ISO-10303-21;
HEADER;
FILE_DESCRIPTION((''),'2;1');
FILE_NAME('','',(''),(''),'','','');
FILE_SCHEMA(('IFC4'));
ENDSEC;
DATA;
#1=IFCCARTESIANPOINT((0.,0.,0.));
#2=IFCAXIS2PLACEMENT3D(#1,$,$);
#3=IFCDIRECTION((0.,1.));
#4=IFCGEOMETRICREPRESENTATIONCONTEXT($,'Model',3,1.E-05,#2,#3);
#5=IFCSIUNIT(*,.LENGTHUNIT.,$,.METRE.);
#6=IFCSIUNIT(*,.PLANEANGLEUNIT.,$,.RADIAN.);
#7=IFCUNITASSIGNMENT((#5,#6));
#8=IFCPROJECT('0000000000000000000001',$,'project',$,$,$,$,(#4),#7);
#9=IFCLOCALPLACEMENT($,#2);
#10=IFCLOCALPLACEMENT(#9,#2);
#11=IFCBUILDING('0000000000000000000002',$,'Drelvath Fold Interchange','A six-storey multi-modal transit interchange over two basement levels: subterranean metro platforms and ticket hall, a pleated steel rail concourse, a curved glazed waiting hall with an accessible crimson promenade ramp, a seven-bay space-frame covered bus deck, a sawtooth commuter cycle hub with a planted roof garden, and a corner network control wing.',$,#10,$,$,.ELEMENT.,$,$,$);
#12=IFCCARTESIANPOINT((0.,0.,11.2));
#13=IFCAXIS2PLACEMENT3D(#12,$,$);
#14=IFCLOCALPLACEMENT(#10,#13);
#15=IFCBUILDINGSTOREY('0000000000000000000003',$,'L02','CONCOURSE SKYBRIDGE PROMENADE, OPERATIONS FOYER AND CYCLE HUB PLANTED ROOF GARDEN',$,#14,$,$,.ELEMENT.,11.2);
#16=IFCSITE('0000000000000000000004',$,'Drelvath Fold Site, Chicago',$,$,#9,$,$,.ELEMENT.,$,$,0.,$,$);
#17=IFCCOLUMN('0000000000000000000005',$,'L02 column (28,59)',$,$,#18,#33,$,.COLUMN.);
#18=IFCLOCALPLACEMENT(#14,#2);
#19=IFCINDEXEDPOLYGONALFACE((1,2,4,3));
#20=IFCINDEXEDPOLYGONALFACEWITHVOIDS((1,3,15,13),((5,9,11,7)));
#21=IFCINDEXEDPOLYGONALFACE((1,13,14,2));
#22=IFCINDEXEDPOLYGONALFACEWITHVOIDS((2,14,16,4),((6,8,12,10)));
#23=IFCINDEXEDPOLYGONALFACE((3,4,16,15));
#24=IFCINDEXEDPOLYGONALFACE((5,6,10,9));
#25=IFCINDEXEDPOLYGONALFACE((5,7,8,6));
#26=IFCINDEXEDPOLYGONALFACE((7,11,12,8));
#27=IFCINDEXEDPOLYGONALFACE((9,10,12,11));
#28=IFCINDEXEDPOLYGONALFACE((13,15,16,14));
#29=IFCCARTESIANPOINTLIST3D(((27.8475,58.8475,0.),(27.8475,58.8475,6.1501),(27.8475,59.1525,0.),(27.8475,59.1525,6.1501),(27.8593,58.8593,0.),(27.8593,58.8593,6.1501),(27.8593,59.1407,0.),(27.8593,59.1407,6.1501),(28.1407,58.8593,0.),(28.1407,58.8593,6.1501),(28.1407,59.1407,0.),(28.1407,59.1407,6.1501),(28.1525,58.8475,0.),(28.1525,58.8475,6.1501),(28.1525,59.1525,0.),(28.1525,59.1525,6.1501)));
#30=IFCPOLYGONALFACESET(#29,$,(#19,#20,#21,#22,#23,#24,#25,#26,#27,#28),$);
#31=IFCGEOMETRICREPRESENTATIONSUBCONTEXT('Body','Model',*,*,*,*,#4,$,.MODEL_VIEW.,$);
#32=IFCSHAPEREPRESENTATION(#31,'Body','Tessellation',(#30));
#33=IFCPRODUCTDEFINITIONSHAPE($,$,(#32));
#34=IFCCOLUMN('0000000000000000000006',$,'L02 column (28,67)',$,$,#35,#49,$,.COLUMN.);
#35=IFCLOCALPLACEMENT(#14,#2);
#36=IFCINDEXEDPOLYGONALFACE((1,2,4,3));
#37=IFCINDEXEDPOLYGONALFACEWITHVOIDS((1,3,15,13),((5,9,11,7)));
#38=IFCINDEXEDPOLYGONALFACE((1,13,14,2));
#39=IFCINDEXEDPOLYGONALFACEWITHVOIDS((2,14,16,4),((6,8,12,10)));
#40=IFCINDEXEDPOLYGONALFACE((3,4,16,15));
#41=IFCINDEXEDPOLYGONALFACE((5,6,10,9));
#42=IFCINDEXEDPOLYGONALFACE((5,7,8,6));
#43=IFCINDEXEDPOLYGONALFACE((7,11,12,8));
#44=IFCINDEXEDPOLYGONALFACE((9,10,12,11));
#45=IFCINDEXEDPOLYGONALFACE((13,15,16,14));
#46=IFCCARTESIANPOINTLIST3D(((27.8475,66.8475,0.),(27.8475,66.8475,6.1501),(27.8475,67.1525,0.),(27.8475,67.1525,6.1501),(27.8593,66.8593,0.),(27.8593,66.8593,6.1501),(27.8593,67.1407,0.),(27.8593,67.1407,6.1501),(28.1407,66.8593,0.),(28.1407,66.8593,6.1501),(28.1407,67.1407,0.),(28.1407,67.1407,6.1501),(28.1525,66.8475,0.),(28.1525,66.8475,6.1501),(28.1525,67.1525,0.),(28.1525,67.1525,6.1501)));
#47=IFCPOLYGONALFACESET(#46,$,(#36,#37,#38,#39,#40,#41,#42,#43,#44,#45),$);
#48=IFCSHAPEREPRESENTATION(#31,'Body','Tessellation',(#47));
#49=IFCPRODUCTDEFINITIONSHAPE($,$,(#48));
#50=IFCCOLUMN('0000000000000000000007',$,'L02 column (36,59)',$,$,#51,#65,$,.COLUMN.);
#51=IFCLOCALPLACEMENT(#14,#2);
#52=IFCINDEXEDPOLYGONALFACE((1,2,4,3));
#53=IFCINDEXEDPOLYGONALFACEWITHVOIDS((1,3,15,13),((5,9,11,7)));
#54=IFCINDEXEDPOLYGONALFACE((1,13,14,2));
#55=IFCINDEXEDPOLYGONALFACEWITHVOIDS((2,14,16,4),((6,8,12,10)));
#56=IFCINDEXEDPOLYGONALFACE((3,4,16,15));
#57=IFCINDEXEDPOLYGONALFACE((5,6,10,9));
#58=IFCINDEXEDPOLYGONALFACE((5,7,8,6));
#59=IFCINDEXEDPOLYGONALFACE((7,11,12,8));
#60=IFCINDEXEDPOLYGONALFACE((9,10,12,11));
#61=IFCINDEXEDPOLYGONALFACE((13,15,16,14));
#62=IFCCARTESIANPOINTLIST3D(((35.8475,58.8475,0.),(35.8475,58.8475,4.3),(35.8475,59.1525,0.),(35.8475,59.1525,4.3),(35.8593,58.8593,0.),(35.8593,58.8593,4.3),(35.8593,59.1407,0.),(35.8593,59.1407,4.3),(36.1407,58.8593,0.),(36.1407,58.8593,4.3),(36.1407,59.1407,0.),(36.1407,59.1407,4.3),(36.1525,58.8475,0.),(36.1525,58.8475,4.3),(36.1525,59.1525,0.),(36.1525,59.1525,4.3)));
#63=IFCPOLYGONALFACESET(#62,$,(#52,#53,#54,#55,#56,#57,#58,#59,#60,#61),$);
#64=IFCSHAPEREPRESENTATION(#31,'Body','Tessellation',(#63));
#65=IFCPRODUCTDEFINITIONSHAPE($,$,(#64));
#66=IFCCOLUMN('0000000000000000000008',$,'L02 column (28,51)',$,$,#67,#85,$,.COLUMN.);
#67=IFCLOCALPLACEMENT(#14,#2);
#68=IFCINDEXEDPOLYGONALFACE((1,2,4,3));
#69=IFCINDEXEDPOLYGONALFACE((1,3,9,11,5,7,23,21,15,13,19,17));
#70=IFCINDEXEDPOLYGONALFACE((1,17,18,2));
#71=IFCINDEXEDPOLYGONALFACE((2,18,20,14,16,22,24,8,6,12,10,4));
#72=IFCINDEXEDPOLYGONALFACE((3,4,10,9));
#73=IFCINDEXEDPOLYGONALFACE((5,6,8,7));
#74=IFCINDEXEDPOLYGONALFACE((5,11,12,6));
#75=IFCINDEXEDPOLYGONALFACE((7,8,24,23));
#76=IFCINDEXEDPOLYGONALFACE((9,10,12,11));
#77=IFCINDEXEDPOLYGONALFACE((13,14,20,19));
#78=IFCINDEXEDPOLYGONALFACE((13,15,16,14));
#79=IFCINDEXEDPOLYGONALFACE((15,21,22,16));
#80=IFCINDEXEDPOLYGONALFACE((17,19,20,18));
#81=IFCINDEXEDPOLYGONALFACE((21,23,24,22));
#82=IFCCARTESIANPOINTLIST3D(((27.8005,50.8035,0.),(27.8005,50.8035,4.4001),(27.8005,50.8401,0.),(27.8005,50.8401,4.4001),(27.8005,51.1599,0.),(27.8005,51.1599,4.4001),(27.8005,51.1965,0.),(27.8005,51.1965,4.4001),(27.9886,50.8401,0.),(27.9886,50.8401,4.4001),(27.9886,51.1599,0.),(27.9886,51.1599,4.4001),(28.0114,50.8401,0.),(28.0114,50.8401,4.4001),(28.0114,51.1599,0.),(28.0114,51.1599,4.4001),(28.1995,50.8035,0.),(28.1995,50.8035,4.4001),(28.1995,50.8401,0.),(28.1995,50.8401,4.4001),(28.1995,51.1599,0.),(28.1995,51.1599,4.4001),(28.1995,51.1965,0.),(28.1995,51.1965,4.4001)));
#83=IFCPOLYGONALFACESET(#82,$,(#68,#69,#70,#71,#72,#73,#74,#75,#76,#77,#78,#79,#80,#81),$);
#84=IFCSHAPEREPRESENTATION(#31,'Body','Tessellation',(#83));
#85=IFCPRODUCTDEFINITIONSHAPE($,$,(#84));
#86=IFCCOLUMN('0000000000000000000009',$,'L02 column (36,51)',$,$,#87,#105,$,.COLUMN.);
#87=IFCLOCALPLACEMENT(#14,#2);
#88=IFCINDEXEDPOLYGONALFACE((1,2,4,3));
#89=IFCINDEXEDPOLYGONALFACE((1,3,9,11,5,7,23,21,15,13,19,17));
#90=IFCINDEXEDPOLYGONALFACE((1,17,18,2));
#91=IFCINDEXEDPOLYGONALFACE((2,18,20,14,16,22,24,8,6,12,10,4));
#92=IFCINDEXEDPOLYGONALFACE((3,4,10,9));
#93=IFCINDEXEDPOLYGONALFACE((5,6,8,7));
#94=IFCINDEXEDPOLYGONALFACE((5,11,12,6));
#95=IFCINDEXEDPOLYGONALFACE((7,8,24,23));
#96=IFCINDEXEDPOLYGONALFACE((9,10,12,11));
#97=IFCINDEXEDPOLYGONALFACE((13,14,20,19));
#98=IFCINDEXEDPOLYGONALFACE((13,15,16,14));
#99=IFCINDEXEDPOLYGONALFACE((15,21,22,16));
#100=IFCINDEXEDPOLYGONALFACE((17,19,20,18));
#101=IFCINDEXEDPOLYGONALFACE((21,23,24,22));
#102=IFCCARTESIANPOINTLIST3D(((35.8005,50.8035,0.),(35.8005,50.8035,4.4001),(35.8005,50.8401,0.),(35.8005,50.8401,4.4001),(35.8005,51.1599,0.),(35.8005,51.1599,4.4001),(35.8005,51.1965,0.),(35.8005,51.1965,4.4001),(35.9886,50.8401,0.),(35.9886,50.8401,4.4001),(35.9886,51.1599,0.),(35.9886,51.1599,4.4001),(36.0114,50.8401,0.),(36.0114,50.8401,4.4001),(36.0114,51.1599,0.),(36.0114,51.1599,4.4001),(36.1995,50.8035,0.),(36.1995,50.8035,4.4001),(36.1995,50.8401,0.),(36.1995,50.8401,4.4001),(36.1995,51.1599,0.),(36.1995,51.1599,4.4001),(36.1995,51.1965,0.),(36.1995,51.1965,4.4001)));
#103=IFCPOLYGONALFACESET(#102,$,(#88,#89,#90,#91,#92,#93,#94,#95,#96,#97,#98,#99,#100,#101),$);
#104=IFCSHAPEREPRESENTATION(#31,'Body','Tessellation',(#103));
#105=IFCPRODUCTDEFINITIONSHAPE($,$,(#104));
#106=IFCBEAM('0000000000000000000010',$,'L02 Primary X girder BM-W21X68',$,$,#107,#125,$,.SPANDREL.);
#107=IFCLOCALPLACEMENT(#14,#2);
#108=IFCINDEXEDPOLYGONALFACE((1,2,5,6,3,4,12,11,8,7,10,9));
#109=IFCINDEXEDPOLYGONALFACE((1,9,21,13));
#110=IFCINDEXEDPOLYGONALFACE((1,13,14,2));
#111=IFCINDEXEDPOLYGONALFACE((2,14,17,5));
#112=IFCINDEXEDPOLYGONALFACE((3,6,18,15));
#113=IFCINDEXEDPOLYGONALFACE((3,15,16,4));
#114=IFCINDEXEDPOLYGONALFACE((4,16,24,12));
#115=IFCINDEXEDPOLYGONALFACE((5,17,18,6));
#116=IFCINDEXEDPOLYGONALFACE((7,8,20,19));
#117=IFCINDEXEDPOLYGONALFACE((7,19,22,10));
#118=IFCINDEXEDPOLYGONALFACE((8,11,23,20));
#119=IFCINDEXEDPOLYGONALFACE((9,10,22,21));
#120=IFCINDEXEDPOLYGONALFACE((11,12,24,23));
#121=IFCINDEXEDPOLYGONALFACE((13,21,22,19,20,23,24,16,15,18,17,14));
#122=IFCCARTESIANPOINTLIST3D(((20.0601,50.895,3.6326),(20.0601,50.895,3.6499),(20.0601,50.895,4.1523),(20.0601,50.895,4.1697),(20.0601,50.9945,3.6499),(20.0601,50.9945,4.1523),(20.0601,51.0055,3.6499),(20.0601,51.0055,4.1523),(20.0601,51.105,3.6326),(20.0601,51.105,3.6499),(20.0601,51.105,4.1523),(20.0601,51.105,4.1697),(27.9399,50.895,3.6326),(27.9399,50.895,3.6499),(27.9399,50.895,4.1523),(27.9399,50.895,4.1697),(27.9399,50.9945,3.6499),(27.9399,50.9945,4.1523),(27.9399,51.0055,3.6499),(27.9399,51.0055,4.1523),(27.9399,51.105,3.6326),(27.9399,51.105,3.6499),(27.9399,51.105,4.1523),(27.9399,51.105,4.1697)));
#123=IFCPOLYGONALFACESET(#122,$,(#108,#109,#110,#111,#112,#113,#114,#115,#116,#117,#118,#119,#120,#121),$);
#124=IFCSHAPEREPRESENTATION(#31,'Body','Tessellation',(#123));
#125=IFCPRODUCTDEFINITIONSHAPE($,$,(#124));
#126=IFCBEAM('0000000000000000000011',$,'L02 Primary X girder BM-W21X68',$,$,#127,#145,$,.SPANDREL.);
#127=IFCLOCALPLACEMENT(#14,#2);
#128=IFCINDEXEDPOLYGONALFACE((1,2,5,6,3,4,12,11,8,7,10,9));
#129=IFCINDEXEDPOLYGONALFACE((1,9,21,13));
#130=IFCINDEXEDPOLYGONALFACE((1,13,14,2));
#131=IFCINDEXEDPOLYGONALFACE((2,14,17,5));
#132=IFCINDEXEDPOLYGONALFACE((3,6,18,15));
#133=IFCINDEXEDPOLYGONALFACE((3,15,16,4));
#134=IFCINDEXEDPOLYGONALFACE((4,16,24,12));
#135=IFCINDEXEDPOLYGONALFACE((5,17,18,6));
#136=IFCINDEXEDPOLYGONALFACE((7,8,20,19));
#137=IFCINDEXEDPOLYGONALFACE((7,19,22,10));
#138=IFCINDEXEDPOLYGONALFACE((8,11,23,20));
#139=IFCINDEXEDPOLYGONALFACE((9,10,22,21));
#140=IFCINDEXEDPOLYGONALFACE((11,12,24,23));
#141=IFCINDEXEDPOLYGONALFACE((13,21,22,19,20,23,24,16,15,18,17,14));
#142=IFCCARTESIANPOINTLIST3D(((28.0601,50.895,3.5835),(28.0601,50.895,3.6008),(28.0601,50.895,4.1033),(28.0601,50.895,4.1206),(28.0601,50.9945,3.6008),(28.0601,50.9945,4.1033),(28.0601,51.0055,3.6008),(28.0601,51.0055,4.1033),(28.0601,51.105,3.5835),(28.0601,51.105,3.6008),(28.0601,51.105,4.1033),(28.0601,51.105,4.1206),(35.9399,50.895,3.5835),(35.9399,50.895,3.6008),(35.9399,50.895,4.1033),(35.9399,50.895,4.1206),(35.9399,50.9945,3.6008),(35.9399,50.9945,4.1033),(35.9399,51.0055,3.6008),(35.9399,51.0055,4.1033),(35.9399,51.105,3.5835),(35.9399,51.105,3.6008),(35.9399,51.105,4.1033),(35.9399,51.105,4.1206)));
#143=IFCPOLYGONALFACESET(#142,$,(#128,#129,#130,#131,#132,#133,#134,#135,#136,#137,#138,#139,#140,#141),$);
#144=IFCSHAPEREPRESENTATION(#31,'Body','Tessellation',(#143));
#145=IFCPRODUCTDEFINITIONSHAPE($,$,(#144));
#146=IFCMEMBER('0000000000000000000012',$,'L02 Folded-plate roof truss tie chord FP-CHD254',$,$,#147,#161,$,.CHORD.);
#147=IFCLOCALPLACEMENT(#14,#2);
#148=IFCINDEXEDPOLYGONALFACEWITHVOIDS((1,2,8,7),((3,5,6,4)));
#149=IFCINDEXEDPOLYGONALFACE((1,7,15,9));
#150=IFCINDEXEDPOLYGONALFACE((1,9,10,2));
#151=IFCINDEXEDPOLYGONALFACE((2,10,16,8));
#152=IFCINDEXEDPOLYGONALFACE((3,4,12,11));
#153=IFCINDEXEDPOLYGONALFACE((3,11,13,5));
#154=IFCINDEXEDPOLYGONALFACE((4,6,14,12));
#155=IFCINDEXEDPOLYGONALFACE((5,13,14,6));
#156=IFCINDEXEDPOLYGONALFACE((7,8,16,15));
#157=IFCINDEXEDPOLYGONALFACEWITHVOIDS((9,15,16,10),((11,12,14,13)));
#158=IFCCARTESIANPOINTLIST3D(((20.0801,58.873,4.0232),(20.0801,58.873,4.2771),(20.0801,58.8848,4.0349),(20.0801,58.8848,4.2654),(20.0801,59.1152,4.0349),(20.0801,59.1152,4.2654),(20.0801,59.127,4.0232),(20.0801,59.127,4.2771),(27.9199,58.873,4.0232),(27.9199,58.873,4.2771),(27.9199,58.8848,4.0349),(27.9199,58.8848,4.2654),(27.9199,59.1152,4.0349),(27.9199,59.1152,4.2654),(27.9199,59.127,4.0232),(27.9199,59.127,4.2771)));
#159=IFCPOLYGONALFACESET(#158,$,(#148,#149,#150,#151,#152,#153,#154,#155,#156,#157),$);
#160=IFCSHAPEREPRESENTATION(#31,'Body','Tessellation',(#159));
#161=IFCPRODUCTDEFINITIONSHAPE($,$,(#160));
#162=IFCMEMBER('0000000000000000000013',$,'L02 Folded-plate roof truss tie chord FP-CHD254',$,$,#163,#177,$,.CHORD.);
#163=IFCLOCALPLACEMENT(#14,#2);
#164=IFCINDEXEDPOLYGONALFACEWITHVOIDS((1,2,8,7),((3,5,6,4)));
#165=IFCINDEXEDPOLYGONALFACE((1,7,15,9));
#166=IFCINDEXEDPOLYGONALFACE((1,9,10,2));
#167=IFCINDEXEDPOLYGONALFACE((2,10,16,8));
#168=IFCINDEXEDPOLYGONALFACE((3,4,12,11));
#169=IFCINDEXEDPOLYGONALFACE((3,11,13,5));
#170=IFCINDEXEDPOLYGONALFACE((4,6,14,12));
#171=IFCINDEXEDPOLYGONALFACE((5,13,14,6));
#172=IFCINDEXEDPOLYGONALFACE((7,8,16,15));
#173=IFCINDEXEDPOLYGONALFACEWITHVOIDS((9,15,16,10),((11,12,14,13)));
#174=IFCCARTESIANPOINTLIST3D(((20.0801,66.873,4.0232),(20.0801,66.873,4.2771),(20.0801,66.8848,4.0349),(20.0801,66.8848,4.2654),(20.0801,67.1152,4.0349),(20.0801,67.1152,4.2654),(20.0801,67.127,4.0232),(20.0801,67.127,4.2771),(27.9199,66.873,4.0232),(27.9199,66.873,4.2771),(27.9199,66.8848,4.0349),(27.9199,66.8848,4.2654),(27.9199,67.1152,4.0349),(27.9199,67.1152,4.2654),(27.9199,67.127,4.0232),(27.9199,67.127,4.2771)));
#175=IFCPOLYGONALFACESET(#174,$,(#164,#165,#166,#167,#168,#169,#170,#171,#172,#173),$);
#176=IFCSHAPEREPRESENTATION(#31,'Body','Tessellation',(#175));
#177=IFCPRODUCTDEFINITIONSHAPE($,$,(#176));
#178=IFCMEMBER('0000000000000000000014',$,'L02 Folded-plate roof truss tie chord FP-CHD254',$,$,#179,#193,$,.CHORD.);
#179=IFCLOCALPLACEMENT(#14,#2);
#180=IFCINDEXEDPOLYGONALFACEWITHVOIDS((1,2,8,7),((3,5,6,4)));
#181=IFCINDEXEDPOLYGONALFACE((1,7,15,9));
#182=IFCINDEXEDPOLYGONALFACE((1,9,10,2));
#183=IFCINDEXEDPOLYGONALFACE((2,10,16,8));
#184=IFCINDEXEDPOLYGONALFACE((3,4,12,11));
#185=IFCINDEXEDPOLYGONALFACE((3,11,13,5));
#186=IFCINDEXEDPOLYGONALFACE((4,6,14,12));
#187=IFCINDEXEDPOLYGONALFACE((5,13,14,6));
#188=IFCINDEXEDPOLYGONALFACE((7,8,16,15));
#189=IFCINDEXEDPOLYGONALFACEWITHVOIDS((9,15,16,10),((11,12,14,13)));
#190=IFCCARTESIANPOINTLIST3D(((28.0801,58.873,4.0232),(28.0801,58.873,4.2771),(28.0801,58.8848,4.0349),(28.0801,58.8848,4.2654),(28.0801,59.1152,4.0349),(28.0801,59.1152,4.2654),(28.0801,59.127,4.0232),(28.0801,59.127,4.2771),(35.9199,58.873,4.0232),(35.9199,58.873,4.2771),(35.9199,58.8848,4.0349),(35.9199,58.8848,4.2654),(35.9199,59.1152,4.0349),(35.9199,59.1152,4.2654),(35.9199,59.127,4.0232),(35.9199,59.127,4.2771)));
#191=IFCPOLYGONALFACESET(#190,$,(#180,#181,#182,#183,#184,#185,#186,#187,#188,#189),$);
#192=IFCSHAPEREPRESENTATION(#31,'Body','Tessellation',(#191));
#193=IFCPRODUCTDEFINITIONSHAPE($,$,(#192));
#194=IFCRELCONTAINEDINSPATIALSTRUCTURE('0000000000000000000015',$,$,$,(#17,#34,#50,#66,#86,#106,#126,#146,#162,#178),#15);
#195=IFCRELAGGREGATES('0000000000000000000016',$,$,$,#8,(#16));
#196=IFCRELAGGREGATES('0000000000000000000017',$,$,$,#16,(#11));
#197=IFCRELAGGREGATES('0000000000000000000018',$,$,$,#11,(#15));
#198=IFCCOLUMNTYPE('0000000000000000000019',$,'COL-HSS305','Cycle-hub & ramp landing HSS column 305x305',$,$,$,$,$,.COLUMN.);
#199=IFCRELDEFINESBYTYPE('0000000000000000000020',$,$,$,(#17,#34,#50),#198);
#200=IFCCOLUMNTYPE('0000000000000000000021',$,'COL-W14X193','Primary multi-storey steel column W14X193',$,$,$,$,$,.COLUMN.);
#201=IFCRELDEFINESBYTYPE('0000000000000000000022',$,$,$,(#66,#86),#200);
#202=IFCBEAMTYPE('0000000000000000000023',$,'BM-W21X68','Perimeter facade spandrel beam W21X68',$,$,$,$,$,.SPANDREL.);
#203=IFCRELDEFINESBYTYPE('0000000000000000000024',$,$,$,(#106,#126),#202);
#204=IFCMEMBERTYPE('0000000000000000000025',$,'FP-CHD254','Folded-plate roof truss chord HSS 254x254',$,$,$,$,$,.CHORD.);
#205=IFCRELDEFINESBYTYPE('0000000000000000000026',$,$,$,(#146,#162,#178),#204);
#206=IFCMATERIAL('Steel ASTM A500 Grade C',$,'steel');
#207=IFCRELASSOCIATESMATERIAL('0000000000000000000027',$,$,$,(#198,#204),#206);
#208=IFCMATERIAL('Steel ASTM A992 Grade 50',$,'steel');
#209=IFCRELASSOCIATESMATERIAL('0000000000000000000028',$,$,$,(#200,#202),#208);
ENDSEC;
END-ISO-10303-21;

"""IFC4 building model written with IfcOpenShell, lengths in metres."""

from ifc_helpers import new_model, si_unit, direction, frame, origin, origin_2d, place, context, subcontext, project, spatial, hollow_rectangle, i_section, extrude, material, material_profile, profile_set, type_object, element, save


model = new_model("IFC4")

# Units and contexts
model_context = context("Model", 3, precision=1e-05, world=origin(), true_north=direction((0.0, 1.0)))
body_context = subcontext(model_context, "Body", "Model", "MODEL_VIEW")
ifc_project = project(units=[si_unit("LENGTHUNIT", "METRE"), si_unit("PLANEANGLEUNIT", "RADIAN")], contexts=[model_context])

# Site, building, storey
site_placement = place(None, origin())
site = spatial("IfcSite", under=ifc_project, at=site_placement, Name="Drelvath Fold Site, Chicago", CompositionType="ELEMENT", RefElevation=0.0)
building_placement = place(site_placement, origin())
building = spatial("IfcBuilding", under=site, at=building_placement, Name="Drelvath Fold Interchange", Description="A six-storey multi-modal transit interchange over two basement levels: subterranean metro platforms and ticket hall, a pleated steel rail concourse, a curved glazed waiting hall with an accessible crimson promenade ramp, a seven-bay space-frame covered bus deck, a sawtooth commuter cycle hub with a planted roof garden, and a corner network control wing.", CompositionType="ELEMENT")
storey_placement = place(building_placement, frame((0.0, 0.0, 11.2)))
storey = spatial("IfcBuildingStorey", under=building, at=storey_placement, Name="L02", Description="CONCOURSE SKYBRIDGE PROMENADE, OPERATIONS FOYER AND CYCLE HUB PLANTED ROOF GARDEN", CompositionType="ELEMENT", Elevation=11.2)

# Columns
ifc_material_1 = material(Name="Steel ASTM A500 Grade C", Category="steel")
ifc_material_profile_1 = material_profile(ifc_material_1, hollow_rectangle(XDim=0.3049, YDim=0.3049, WallThickness=0.0117, at=origin_2d()), Name="HSS12X12X1/2")
ifc_profile_set_1 = profile_set([ifc_material_profile_1], Name="Steel ASTM A500 Grade C")
column_type_1 = type_object("IfcColumnType", Name="COL-HSS305", Description="Cycle-hub & ramp landing HSS column 305x305", PredefinedType="COLUMN", material=ifc_profile_set_1)
for number, where, z_axis, x_axis, name in (
    (1, (28.0, 59.0, 0.0), (0.0, 0.0, 1.0), (1.0, 0.0, 0.0), "L02 column (28,59)"),
    (2, (28.0, 67.0, 0.0), (0.0, 0.0, 1.0), (1.0, 0.0, 0.0), "L02 column (28,67)"),
):
    element("IfcColumn", number, at=place(storey_placement, frame(where, z_axis=z_axis, x_axis=x_axis)), inside=storey, type_object=column_type_1, Name=name, PredefinedType="COLUMN", context=body_context, shape_type="SweptSolid", body=[
        extrude(hollow_rectangle(XDim=0.3049, YDim=0.3049, WallThickness=0.0117, at=origin_2d()), origin(), (0.0, 0.0, 1.0), 6.1501),
    ])
column_placement = place(storey_placement, frame((36.0, 59.0, 0.0), z_axis=(0.0, 0.0, 1.0), x_axis=(1.0, 0.0, 0.0)))
element("IfcColumn", 3, at=column_placement, inside=storey, type_object=column_type_1, Name="L02 column (36,59)", PredefinedType="COLUMN", context=body_context, shape_type="SweptSolid", body=[
    extrude(hollow_rectangle(XDim=0.3049, YDim=0.3049, WallThickness=0.0117, at=origin_2d()), origin(), (0.0, 0.0, 1.0), 4.3),
])
ifc_material_2 = material(Name="Steel ASTM A992 Grade 50", Category="steel")
ifc_material_profile_2 = material_profile(ifc_material_2, i_section(OverallWidth=0.3989, OverallDepth=0.3931, WebThickness=0.0227, FlangeThickness=0.0366, at=origin_2d()), Name="W14X193")
ifc_profile_set_2 = profile_set([ifc_material_profile_2], Name="Steel ASTM A992 Grade 50")
column_type_2 = type_object("IfcColumnType", Name="COL-W14X193", Description="Primary multi-storey steel column W14X193", PredefinedType="COLUMN", material=ifc_profile_set_2)
for number, where, z_axis, x_axis, name in (
    (4, (28.0, 51.0, 0.0), (0.0, 0.0, 1.0), (1.0, 0.0, 0.0), "L02 column (28,51)"),
    (5, (36.0, 51.0, 0.0), (0.0, 0.0, 1.0), (1.0, 0.0, 0.0), "L02 column (36,51)"),
):
    element("IfcColumn", number, at=place(storey_placement, frame(where, z_axis=z_axis, x_axis=x_axis)), inside=storey, type_object=column_type_2, Name=name, PredefinedType="COLUMN", context=body_context, shape_type="SweptSolid", body=[
        extrude(i_section(OverallWidth=0.3989, OverallDepth=0.3931, WebThickness=0.0227, FlangeThickness=0.0366, at=origin_2d()), origin(), (0.0, 0.0, 1.0), 4.4001),
    ])

# Beams
ifc_material_profile_3 = material_profile(ifc_material_2, i_section(OverallWidth=0.21, OverallDepth=0.5371, WebThickness=0.011, FlangeThickness=0.0173, at=origin_2d()), Name="W21X68")
ifc_profile_set_3 = profile_set([ifc_material_profile_3], Name="Steel ASTM A992 Grade 50")
beam_type = type_object("IfcBeamType", Name="BM-W21X68", Description="Perimeter facade spandrel beam W21X68", PredefinedType="SPANDREL", material=ifc_profile_set_3)
for number, where, z_axis, x_axis, name in (
    (6, (20.0601, 51.0, 3.9011), (1.0, 0.0, 0.0), (0.0, 1.0, 0.0), "L02 Primary X girder BM-W21X68"),
    (7, (28.0601, 51.0, 3.8521), (1.0, 0.0, 0.0), (0.0, 1.0, 0.0), "L02 Primary X girder BM-W21X68"),
):
    element("IfcBeam", number, at=place(storey_placement, frame(where, z_axis=z_axis, x_axis=x_axis)), inside=storey, type_object=beam_type, Name=name, PredefinedType="SPANDREL", context=body_context, shape_type="SweptSolid", body=[
        extrude(i_section(OverallWidth=0.21, OverallDepth=0.5371, WebThickness=0.011, FlangeThickness=0.0173, at=origin_2d()), origin(), (0.0, 0.0, 1.0), 7.8799),
    ])

# Members
ifc_material_profile_4 = material_profile(ifc_material_1, hollow_rectangle(XDim=0.2539, YDim=0.2539, WallThickness=0.0117, at=origin_2d()), Name="HSS10X10X1/2")
ifc_profile_set_4 = profile_set([ifc_material_profile_4], Name="Steel ASTM A500 Grade C")
member_type = type_object("IfcMemberType", Name="FP-CHD254", Description="Folded-plate roof truss chord HSS 254x254", PredefinedType="CHORD", material=ifc_profile_set_4)
for number, where, z_axis, x_axis, name in (
    (8, (20.0801, 59.0, 4.1501), (1.0, 0.0, 0.0), (0.0, 1.0, 0.0), "L02 Folded-plate roof truss tie chord FP-CHD254"),
    (9, (20.0801, 67.0, 4.1501), (1.0, 0.0, 0.0), (0.0, 1.0, 0.0), "L02 Folded-plate roof truss tie chord FP-CHD254"),
    (10, (28.0801, 59.0, 4.1501), (1.0, 0.0, 0.0), (0.0, 1.0, 0.0), "L02 Folded-plate roof truss tie chord FP-CHD254"),
):
    element("IfcMember", number, at=place(storey_placement, frame(where, z_axis=z_axis, x_axis=x_axis)), inside=storey, type_object=member_type, Name=name, PredefinedType="CHORD", context=body_context, shape_type="SweptSolid", body=[
        extrude(hollow_rectangle(XDim=0.2539, YDim=0.2539, WallThickness=0.0117, at=origin_2d()), origin(), (0.0, 0.0, 1.0), 7.8398),
    ])

save(model, "model.ifc")
